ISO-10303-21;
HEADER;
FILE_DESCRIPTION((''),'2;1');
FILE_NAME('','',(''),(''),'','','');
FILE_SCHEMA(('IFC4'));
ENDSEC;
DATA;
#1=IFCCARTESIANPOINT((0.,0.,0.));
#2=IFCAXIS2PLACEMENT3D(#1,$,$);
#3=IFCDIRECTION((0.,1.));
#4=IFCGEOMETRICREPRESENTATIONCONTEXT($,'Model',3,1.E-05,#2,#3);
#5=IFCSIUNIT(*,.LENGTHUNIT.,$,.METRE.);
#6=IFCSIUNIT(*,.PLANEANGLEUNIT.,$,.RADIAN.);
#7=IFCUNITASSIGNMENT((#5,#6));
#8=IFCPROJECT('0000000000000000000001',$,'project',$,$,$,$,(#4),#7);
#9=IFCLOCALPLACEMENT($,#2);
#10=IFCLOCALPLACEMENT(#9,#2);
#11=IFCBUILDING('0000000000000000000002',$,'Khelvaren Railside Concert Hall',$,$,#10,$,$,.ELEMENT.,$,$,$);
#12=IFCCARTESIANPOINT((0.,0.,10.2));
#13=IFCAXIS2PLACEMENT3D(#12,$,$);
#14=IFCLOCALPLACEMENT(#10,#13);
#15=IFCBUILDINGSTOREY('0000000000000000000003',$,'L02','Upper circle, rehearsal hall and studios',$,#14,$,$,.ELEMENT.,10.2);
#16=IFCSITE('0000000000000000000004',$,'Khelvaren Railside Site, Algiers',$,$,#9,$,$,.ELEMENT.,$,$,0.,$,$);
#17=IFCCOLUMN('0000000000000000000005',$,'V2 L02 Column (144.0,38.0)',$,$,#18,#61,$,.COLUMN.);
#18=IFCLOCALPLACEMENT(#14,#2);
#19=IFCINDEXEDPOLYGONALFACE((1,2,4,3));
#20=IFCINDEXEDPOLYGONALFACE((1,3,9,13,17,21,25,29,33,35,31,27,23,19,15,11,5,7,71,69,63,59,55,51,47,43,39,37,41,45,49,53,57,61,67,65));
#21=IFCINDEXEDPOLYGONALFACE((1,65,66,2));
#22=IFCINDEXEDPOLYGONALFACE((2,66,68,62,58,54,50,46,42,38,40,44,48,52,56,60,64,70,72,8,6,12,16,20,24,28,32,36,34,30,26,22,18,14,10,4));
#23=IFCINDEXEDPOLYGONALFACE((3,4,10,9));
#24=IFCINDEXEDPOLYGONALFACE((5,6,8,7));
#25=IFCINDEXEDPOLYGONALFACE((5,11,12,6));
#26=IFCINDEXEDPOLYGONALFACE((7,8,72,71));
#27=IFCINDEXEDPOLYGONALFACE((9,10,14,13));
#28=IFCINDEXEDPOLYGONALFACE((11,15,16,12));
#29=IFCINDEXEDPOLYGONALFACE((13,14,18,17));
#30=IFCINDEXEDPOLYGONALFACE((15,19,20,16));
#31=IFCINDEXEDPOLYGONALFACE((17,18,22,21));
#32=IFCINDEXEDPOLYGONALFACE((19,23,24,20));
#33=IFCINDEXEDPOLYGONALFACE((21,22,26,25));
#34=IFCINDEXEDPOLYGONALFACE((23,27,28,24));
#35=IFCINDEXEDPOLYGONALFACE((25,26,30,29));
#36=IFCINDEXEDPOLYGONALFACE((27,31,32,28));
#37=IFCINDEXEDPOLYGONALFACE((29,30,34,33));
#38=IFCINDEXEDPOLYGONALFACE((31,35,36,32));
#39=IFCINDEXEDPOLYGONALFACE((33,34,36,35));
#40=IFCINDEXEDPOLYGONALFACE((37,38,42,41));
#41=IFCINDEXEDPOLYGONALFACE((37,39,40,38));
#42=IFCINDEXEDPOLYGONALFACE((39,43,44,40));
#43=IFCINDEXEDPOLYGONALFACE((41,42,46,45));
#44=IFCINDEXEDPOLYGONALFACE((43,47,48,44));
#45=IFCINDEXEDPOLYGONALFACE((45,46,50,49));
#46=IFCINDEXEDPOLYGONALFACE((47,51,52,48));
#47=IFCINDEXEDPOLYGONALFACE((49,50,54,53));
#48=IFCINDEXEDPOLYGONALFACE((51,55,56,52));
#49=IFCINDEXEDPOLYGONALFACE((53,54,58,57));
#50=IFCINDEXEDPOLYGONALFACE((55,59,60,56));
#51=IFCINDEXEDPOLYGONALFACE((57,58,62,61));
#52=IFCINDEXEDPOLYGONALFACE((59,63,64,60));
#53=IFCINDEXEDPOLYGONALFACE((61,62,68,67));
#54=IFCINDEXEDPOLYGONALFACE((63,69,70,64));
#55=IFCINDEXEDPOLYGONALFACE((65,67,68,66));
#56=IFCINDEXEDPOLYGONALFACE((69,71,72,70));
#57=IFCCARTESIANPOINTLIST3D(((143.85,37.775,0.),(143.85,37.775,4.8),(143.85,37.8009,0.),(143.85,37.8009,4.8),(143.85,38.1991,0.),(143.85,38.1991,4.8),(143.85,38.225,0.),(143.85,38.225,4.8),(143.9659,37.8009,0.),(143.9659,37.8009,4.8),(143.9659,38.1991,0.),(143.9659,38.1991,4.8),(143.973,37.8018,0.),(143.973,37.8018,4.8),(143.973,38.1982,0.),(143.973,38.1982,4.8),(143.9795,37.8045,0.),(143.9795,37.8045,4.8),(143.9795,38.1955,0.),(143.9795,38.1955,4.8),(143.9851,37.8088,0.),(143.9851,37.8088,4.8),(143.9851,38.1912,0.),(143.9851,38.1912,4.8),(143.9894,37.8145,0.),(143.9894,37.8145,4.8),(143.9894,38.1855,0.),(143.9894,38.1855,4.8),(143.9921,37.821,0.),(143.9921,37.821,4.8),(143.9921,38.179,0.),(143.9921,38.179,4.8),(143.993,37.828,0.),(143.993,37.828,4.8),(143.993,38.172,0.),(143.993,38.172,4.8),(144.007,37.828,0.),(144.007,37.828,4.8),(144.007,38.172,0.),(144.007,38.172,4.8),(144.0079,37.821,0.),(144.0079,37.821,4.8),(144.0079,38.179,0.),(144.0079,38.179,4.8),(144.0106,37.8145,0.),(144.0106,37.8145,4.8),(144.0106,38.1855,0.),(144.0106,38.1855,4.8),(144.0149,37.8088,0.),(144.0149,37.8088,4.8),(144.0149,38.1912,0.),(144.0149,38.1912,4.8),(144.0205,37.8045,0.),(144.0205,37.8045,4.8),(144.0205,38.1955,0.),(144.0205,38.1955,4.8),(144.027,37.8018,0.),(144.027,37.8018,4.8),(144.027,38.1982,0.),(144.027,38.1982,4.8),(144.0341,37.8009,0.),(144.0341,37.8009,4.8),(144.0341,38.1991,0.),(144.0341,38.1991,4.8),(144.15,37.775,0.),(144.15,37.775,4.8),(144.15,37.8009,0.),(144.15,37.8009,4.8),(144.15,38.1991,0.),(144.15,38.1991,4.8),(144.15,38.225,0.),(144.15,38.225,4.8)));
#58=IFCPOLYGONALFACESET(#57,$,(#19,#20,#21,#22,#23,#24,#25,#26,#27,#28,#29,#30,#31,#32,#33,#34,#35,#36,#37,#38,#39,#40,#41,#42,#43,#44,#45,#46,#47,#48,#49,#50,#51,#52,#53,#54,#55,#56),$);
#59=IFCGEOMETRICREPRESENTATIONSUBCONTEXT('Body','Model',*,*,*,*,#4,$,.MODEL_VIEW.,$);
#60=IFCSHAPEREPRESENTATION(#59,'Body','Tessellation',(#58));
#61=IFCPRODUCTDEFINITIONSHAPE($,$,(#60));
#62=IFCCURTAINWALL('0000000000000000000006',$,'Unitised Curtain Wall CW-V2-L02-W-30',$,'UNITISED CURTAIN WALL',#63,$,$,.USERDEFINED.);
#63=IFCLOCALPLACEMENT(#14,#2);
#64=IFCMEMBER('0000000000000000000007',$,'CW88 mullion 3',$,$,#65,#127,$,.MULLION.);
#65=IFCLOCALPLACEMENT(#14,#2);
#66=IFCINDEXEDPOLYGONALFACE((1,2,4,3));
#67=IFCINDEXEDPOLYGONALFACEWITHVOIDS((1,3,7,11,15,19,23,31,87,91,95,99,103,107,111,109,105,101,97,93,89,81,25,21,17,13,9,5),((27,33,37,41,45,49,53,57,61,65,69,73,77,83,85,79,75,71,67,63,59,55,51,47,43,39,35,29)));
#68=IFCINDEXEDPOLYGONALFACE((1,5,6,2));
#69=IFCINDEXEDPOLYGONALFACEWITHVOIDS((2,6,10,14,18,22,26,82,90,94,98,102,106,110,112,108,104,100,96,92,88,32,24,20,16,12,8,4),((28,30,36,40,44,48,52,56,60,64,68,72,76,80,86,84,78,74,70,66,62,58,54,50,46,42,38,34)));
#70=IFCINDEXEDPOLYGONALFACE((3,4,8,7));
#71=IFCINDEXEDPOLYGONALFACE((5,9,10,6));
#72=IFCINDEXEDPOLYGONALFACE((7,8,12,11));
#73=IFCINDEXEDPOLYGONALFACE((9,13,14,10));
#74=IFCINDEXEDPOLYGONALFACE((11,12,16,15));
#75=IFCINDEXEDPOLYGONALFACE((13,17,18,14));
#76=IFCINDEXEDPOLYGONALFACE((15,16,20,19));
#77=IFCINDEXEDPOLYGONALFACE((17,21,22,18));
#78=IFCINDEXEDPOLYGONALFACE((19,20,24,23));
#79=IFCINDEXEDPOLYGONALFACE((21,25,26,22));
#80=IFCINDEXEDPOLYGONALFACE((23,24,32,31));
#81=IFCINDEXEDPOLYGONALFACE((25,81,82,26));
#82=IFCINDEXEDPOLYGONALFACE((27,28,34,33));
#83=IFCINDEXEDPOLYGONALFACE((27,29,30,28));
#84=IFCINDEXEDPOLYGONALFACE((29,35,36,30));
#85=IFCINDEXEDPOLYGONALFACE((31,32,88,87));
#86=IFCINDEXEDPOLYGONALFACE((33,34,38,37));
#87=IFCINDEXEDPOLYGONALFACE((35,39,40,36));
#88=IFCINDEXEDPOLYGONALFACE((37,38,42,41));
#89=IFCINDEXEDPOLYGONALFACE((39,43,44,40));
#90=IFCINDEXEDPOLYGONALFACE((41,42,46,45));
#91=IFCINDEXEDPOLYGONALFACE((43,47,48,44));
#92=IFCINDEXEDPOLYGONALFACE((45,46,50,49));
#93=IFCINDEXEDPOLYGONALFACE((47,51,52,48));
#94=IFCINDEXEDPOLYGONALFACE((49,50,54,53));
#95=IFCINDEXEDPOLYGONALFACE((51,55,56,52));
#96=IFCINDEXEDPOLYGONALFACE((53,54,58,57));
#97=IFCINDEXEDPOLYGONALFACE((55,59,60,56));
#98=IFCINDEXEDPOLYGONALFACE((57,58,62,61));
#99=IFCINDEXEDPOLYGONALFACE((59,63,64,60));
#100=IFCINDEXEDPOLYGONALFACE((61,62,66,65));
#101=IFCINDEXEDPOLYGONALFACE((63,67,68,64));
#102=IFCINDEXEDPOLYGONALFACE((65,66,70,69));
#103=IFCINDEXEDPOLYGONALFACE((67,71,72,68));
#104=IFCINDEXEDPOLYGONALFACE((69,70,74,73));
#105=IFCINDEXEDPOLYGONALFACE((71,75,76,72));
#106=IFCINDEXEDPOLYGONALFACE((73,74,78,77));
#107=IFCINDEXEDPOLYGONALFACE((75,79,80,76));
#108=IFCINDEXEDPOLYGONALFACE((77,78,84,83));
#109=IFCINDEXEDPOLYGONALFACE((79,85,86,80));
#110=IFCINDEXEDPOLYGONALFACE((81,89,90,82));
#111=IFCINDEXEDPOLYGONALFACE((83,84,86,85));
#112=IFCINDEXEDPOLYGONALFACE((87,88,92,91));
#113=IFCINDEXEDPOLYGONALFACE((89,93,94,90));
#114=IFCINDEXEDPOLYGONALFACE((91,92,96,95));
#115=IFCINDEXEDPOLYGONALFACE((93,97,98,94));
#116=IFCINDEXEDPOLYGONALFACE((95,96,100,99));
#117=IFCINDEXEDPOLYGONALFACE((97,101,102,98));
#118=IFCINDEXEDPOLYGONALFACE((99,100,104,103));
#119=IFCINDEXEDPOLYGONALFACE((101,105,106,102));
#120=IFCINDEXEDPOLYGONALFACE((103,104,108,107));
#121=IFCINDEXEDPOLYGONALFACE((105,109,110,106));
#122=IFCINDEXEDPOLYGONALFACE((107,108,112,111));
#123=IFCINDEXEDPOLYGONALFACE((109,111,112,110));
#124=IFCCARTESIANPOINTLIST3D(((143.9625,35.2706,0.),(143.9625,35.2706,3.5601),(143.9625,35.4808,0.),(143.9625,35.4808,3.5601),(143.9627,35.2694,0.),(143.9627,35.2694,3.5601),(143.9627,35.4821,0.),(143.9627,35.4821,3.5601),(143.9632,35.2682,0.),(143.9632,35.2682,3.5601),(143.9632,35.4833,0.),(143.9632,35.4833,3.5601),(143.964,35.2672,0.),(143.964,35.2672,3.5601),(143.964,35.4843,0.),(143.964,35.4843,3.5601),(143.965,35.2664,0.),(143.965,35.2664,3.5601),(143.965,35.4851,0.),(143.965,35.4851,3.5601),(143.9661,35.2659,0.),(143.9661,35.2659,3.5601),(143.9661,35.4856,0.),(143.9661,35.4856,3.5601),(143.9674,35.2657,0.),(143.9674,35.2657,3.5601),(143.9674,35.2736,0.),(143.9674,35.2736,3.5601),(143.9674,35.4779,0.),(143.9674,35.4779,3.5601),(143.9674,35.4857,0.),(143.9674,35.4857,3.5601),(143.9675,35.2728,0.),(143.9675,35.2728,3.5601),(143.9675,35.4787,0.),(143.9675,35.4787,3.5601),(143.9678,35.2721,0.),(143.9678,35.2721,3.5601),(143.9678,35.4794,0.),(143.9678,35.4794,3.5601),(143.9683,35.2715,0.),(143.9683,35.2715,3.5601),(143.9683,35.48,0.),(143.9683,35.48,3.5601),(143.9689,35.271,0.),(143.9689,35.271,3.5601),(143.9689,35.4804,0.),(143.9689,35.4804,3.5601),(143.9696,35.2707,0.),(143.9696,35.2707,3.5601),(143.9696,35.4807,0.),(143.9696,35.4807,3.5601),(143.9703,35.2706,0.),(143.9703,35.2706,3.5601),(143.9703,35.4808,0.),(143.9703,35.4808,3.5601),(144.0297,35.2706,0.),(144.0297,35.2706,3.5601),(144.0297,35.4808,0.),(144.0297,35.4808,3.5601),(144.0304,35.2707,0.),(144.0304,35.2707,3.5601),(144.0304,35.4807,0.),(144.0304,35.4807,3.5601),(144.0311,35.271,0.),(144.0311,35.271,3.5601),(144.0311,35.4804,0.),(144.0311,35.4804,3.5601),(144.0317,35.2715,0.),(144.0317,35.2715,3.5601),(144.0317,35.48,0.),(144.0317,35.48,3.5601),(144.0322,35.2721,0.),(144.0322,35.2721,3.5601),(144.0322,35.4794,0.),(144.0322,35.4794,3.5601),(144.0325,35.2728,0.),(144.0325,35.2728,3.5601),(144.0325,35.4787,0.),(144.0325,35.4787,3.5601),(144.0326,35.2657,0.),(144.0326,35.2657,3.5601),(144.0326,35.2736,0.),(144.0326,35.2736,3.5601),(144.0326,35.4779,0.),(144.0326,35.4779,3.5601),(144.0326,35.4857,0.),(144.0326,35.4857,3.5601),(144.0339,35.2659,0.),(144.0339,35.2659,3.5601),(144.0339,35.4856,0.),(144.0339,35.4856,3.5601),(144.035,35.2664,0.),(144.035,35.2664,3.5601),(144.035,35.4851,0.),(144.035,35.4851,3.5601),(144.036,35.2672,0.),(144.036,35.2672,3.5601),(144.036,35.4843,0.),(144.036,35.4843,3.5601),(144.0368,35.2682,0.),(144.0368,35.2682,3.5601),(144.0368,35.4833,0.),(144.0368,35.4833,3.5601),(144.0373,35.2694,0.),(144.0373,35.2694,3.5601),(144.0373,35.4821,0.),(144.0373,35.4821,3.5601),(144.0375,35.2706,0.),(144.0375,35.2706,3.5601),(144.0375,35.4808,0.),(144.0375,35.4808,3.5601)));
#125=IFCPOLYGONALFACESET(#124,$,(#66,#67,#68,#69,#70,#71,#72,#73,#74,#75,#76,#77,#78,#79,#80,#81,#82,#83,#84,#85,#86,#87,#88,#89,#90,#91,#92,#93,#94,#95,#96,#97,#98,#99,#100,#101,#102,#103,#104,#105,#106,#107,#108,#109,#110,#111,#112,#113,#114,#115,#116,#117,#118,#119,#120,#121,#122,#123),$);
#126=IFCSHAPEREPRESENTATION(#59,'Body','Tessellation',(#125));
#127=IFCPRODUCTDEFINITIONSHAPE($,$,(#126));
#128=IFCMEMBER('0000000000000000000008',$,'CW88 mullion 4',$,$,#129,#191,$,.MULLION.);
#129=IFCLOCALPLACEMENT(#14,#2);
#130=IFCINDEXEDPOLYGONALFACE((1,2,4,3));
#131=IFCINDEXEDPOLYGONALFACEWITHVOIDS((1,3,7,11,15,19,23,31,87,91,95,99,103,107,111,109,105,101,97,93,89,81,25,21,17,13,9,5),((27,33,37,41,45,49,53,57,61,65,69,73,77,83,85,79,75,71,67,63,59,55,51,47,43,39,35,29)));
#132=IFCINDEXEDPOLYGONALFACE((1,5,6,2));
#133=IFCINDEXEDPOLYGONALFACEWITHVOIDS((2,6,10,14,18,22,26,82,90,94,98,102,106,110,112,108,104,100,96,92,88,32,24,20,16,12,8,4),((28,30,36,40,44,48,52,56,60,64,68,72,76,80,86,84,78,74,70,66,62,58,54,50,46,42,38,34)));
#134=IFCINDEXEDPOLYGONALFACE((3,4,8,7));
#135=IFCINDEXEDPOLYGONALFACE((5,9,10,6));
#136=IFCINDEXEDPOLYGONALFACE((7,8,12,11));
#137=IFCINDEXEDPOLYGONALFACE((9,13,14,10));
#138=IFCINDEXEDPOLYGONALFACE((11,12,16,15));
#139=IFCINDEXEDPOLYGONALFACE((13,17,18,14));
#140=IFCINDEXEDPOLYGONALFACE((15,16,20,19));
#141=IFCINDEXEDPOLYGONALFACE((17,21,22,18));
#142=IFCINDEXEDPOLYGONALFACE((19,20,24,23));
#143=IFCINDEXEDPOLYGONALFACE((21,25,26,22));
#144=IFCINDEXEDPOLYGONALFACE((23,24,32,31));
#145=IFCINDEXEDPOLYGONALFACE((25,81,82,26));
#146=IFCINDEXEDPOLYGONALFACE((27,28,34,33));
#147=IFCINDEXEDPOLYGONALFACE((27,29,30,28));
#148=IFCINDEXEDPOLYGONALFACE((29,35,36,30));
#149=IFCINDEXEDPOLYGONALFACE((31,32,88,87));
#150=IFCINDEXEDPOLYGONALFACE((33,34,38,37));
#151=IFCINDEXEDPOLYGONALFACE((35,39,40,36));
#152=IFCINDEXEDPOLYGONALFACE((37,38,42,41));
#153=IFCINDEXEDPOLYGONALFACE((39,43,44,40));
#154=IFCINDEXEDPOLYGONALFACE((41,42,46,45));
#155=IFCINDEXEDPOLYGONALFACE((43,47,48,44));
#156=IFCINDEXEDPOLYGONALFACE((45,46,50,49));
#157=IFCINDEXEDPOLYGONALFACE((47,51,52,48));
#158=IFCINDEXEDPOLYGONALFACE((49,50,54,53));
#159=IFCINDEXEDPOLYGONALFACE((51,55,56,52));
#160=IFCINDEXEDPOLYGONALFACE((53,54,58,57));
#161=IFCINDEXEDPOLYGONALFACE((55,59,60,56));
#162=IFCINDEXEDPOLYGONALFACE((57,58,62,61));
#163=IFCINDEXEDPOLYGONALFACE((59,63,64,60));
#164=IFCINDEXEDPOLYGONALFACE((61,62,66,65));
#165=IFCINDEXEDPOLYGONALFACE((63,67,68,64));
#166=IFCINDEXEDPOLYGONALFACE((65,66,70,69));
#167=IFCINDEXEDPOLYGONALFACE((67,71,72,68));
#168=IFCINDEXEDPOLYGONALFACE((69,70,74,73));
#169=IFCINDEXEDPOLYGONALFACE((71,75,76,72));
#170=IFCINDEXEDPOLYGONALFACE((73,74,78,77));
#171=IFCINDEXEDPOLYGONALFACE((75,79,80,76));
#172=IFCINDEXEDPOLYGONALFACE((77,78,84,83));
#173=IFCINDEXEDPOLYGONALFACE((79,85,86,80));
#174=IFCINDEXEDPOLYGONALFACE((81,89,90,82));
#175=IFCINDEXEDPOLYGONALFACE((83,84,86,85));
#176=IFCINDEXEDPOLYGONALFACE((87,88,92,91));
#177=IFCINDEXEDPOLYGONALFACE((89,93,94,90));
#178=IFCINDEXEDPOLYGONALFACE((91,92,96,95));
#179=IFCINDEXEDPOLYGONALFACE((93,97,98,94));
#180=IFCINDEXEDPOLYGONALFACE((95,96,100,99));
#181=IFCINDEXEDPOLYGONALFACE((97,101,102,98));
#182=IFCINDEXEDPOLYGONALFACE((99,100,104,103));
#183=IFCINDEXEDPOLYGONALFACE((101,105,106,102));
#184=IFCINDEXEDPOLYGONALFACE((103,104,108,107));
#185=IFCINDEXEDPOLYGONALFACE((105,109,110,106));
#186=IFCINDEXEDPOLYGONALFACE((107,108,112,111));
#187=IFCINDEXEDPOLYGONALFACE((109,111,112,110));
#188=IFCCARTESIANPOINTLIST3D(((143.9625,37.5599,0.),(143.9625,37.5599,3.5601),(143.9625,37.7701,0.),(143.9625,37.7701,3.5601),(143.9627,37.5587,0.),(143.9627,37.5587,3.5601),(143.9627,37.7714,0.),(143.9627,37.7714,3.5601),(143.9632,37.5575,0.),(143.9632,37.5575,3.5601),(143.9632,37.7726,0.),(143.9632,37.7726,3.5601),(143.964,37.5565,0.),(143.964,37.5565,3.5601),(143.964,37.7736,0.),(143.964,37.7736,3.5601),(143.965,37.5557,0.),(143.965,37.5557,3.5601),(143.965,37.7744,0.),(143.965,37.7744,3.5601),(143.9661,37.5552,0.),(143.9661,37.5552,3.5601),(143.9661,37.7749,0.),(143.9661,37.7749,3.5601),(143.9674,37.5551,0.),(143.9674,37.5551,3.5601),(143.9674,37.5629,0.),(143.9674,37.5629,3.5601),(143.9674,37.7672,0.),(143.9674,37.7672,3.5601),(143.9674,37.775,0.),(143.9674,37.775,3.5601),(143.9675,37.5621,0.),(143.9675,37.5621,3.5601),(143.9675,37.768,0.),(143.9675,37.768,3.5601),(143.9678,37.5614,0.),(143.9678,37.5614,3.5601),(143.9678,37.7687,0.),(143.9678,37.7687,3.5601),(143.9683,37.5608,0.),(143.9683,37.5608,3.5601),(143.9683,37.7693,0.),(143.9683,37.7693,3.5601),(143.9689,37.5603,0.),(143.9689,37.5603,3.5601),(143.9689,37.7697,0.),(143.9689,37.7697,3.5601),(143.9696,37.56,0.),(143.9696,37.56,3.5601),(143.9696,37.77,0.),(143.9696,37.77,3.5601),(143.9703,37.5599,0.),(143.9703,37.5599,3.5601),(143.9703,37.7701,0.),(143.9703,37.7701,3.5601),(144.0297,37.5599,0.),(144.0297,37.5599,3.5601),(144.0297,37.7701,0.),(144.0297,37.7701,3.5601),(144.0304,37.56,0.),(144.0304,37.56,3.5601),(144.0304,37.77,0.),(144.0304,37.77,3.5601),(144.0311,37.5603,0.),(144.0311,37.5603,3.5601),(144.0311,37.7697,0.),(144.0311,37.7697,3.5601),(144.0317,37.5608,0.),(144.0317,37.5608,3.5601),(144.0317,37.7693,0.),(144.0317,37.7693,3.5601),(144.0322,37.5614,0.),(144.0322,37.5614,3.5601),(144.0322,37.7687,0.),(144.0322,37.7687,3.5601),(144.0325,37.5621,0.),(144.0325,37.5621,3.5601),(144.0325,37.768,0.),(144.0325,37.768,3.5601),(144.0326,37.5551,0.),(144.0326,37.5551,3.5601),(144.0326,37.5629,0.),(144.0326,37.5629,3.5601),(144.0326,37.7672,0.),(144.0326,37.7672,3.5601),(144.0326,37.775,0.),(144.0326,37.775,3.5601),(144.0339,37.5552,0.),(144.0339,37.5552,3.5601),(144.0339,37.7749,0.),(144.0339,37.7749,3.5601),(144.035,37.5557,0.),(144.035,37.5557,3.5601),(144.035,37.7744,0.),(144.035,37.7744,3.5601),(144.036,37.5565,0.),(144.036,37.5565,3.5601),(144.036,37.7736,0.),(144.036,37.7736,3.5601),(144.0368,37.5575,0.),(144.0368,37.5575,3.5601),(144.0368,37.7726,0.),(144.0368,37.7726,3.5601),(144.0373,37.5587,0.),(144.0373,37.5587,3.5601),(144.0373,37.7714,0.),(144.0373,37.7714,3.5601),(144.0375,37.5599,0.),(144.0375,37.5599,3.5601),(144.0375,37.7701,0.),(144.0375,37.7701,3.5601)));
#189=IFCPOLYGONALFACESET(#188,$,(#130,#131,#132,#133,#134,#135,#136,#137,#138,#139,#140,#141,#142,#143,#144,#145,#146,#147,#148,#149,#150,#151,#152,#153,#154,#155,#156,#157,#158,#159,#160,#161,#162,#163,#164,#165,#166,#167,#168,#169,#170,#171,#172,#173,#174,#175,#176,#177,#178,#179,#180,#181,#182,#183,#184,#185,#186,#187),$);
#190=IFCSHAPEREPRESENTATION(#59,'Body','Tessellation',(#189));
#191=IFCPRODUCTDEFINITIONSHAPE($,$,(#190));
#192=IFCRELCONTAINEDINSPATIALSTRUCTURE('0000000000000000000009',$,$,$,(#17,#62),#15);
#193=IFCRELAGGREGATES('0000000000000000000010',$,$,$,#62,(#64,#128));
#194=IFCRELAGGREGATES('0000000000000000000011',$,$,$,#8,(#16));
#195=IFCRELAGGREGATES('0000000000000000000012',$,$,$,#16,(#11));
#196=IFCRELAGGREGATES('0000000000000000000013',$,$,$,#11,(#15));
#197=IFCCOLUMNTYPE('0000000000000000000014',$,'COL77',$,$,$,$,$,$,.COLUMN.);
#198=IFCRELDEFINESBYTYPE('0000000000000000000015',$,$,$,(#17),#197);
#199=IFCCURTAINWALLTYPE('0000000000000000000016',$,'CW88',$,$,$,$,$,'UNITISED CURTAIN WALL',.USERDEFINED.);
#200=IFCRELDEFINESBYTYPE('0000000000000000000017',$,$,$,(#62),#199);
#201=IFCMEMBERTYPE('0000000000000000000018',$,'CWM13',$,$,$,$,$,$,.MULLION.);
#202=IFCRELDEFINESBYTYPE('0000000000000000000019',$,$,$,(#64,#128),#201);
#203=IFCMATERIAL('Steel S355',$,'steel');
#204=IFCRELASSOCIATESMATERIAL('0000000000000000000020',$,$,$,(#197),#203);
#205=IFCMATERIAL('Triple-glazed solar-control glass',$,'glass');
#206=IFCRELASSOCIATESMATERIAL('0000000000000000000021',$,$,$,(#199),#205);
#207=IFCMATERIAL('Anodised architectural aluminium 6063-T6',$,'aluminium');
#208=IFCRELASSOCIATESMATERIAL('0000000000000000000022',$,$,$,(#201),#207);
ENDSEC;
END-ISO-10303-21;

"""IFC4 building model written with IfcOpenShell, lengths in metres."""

from ifc_helpers import new_model, si_unit, direction, frame, origin, origin_2d, place, context, subcontext, project, spatial, hollow_rectangle, i_section, extrude, material, material_profile, profile_set, type_object, element, aggregate, save


model = new_model("IFC4")

# Units and contexts
model_context = context("Model", 3, precision=1e-05, world=origin(), true_north=direction((0.0, 1.0)))
body_context = subcontext(model_context, "Body", "Model", "MODEL_VIEW")
ifc_project = project(units=[si_unit("LENGTHUNIT", "METRE"), si_unit("PLANEANGLEUNIT", "RADIAN")], contexts=[model_context])

# Site, building, storey
site_placement = place(None, origin())
site = spatial("IfcSite", under=ifc_project, at=site_placement, Name="Khelvaren Railside Site, Algiers", CompositionType="ELEMENT", RefElevation=0.0)
building_placement = place(site_placement, origin())
building = spatial("IfcBuilding", under=site, at=building_placement, Name="Khelvaren Railside Concert Hall", CompositionType="ELEMENT")
storey_placement = place(building_placement, frame((0.0, 0.0, 10.2)))
storey = spatial("IfcBuildingStorey", under=building, at=storey_placement, Name="L02", Description="Upper circle, rehearsal hall and studios", CompositionType="ELEMENT", Elevation=10.2)

# Column
ifc_material_1 = material(Name="Steel S355", Category="steel")
ifc_material_profile_1 = material_profile(ifc_material_1, i_section(OverallWidth=0.3, OverallDepth=0.45, WebThickness=0.0139, FlangeThickness=0.0259, FilletRadius=0.0271, at=origin_2d()), Name="HEB 450")
ifc_profile_set_1 = profile_set([ifc_material_profile_1], Name="Steel S355")
column_type = type_object("IfcColumnType", Name="COL77", PredefinedType="COLUMN", material=ifc_profile_set_1)
column_placement = place(storey_placement, frame((144.0, 38.0, 0.0), z_axis=(0.0, 0.0, 1.0), x_axis=(1.0, 0.0, 0.0)))
element("IfcColumn", 1, at=column_placement, inside=storey, type_object=column_type, Name="V2 L02 Column (144.0,38.0)", PredefinedType="COLUMN", context=body_context, shape_type="SweptSolid", body=[
    extrude(i_section(OverallWidth=0.3, OverallDepth=0.45, WebThickness=0.0139, FlangeThickness=0.0259, FilletRadius=0.0271, at=origin_2d()), origin(), (0.0, 0.0, 1.0), 4.8),
])

# Curtain wall, members
ifc_material_2 = material(Name="Triple-glazed solar-control glass", Category="glass")
curtain_wall_type_1 = type_object("IfcCurtainWallType", Name="CW88", ElementType="UNITISED CURTAIN WALL", PredefinedType="USERDEFINED", material=ifc_material_2)
curtain_wall_1_placement = place(storey_placement, origin())
curtain_wall_1 = element("IfcCurtainWall", 2, at=curtain_wall_1_placement, inside=storey, type_object=curtain_wall_type_1, Name="Unitised Curtain Wall CW-V2-L02-W-30", ObjectType="UNITISED CURTAIN WALL", PredefinedType="USERDEFINED")
ifc_material_3 = material(Name="Anodised architectural aluminium 6063-T6", Category="aluminium")
ifc_material_profile_2 = material_profile(ifc_material_3, hollow_rectangle(XDim=0.075, YDim=0.22, WallThickness=0.0049, InnerFilletRadius=0.0029, OuterFilletRadius=0.0049, at=origin_2d()), Name="CWM 75x220x5")
ifc_profile_set_2 = profile_set([ifc_material_profile_2], Name="Anodised architectural aluminium 6063-T6")
member_type_1 = type_object("IfcMemberType", Name="CWM13", PredefinedType="MULLION", material=ifc_profile_set_2)
member_1_placement = place(storey_placement, frame((144.0, 35.3757, 0.0), z_axis=(0.0, 0.0, 1.0), x_axis=(-1.0, 0.0, 0.0)))
member_1 = element("IfcMember", 3, at=member_1_placement, type_object=member_type_1, Name="CW88 mullion 3", PredefinedType="MULLION", context=body_context, shape_type="SweptSolid", body=[
    extrude(hollow_rectangle(XDim=0.075, YDim=0.22, WallThickness=0.0049, InnerFilletRadius=0.0029, OuterFilletRadius=0.0049, at=origin_2d()), origin(), (0.0, 0.0, 1.0), 3.5601),
])
member_2_placement = place(storey_placement, frame((144.0, 37.665, 0.0), z_axis=(0.0, 0.0, 1.0), x_axis=(-1.0, 0.0, 0.0)))
member_2 = element("IfcMember", 4, at=member_2_placement, type_object=member_type_1, Name="CW88 mullion 4", PredefinedType="MULLION", context=body_context, shape_type="SweptSolid", body=[
    extrude(hollow_rectangle(XDim=0.075, YDim=0.22, WallThickness=0.0049, InnerFilletRadius=0.0029, OuterFilletRadius=0.0049, at=origin_2d()), origin(), (0.0, 0.0, 1.0), 3.5601),
])

aggregate(curtain_wall_1, [member_1, member_2])

save(model, "model.ifc")
